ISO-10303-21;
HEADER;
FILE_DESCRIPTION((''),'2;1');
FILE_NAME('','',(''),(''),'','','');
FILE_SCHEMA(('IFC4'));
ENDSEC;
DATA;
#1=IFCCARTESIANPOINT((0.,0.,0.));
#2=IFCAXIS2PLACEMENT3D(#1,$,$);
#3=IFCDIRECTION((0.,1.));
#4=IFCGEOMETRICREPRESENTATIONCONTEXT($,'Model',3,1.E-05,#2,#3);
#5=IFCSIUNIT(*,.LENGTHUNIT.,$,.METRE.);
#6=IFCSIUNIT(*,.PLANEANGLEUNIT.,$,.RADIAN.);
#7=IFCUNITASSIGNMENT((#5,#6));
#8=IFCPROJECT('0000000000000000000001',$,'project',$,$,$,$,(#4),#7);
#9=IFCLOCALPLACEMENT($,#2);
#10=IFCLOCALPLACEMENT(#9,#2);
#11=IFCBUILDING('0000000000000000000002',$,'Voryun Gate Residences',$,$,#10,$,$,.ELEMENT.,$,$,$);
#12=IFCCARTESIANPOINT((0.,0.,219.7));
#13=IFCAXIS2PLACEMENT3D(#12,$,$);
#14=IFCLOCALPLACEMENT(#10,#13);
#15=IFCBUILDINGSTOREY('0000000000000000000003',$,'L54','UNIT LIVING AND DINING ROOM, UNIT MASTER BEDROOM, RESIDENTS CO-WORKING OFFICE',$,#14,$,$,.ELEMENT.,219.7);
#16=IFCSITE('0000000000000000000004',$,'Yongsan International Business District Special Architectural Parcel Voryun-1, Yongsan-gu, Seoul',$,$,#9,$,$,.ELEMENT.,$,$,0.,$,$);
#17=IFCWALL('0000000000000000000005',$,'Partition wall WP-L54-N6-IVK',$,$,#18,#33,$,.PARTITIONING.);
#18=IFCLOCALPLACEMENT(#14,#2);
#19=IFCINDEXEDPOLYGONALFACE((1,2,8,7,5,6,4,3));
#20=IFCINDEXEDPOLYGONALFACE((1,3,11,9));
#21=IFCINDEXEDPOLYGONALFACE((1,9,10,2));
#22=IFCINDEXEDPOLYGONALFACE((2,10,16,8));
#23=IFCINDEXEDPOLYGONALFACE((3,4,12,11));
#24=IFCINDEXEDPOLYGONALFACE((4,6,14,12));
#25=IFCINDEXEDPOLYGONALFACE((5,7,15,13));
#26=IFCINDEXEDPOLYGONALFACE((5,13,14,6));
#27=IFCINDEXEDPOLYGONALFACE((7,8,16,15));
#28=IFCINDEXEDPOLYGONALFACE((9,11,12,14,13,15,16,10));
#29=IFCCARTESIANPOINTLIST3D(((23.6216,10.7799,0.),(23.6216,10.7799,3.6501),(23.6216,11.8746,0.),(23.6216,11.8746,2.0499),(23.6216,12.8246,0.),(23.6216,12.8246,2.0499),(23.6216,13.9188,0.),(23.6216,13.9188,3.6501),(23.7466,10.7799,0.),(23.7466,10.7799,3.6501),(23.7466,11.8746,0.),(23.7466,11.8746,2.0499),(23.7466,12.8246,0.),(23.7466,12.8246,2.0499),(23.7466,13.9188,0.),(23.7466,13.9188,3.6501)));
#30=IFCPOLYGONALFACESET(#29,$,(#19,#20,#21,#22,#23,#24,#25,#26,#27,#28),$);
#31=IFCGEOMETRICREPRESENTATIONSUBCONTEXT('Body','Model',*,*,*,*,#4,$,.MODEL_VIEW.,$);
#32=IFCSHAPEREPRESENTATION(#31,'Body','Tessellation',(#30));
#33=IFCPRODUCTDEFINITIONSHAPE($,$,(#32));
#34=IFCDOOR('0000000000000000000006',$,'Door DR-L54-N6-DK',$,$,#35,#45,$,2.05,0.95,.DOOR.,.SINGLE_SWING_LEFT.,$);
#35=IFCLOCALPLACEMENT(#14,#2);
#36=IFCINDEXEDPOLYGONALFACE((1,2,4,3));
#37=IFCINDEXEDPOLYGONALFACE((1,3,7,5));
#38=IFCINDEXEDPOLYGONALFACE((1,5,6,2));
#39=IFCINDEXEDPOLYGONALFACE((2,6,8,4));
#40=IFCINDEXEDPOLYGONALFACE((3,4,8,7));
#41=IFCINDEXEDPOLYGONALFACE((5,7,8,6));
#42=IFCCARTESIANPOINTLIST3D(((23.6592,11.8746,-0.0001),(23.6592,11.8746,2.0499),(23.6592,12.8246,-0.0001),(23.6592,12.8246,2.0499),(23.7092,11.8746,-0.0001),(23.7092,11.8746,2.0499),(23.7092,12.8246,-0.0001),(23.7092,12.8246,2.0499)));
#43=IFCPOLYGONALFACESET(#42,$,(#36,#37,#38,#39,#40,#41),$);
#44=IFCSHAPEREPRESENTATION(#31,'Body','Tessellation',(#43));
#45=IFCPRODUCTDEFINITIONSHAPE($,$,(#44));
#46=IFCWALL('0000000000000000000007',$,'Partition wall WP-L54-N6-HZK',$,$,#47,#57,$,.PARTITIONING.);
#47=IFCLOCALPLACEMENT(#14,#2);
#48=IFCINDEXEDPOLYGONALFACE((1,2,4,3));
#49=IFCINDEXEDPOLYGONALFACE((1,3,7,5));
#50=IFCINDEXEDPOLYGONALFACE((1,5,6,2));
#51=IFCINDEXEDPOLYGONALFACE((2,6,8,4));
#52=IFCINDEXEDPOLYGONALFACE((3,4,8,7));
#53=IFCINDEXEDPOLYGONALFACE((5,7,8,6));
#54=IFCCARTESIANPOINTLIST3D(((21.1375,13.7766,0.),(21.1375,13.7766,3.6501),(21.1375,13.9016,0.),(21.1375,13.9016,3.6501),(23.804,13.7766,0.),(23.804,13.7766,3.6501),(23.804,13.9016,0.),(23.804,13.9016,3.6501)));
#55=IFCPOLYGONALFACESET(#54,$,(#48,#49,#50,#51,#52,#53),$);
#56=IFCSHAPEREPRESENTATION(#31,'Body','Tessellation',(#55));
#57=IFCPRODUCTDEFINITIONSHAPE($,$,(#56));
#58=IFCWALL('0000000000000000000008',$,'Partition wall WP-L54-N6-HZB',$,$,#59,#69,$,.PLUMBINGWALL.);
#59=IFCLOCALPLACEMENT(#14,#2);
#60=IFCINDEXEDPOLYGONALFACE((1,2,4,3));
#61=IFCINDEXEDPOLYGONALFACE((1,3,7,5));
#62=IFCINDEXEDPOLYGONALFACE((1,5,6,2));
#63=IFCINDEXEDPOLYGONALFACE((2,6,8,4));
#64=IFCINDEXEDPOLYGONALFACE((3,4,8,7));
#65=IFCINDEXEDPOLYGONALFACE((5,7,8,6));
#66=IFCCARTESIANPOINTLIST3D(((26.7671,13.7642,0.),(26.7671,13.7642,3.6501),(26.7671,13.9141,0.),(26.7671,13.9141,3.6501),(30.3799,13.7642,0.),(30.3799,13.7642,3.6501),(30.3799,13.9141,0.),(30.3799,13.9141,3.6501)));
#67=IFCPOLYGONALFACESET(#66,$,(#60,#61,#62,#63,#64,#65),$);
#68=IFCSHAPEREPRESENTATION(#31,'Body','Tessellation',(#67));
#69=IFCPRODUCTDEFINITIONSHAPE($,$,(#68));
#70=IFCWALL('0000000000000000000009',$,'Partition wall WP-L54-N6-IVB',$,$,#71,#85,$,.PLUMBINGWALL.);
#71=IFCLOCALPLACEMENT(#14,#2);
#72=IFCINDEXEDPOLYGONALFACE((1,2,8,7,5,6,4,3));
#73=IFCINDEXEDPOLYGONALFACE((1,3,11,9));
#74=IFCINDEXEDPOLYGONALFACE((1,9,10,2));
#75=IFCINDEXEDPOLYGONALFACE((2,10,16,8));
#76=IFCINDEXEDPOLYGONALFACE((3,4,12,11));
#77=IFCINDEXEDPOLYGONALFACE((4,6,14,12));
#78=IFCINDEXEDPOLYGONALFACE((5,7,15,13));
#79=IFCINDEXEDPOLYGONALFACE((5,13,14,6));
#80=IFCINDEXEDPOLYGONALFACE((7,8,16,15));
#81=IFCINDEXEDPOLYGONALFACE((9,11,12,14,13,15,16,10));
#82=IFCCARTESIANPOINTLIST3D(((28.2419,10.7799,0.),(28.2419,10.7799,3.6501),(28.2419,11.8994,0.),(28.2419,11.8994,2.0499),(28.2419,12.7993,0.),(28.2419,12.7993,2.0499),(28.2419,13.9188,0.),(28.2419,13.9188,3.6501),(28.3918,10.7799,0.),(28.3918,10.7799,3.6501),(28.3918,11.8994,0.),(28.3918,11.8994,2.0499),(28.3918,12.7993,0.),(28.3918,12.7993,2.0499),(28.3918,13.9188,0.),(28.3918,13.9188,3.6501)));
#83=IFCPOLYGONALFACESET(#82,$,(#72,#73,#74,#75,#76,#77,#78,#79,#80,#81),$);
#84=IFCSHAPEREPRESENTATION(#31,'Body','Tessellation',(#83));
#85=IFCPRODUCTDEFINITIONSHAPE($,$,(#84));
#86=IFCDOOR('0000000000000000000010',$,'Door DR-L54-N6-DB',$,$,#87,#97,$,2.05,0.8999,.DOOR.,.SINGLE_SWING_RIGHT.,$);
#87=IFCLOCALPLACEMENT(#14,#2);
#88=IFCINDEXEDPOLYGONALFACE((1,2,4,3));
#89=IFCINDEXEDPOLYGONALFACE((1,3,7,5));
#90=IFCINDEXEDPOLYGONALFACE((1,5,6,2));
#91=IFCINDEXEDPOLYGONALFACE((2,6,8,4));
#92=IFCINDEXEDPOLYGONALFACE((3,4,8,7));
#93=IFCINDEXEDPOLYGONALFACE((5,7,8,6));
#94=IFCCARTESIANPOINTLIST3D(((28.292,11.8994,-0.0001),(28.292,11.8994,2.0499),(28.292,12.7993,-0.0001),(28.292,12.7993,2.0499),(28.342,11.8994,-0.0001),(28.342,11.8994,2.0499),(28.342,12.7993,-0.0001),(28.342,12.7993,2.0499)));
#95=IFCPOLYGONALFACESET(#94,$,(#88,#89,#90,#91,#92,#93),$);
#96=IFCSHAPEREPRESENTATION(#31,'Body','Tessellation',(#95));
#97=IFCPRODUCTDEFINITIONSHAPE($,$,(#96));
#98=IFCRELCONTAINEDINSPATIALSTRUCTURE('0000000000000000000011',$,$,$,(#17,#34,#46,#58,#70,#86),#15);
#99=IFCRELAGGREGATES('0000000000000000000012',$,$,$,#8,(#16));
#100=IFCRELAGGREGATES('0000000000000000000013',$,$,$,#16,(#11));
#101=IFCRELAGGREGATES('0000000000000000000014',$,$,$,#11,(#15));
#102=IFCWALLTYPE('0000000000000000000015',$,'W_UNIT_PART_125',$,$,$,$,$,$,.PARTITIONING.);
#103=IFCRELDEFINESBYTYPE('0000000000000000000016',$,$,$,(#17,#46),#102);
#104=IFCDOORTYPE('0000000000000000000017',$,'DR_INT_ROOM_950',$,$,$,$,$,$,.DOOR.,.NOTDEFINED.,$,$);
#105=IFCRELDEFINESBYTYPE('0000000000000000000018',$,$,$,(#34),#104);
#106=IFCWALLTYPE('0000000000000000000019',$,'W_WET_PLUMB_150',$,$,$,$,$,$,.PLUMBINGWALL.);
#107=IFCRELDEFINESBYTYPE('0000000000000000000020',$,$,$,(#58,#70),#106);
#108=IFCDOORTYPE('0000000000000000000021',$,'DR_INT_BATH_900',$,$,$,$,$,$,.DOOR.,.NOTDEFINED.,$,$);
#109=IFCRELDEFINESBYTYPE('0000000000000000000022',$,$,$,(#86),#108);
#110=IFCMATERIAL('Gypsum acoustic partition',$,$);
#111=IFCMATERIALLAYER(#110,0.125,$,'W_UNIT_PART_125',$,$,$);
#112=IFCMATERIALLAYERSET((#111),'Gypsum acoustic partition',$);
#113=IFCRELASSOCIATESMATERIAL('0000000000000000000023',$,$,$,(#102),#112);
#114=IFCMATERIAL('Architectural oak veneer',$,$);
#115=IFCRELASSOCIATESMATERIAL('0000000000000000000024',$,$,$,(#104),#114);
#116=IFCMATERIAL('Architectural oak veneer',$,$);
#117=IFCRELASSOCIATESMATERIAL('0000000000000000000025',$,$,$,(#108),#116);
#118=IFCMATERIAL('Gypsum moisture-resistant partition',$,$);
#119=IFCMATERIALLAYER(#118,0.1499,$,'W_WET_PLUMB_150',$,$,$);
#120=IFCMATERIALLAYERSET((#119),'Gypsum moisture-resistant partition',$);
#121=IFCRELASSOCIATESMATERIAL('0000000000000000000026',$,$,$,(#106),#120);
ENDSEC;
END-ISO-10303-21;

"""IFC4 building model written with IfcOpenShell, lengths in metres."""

from ifc_helpers import new_model, si_unit, direction, frame, frame_2d, origin, place, context, subcontext, project, spatial, rectangle, extrude, material, layer, layer_set, type_object, element, fill, save


model = new_model("IFC4")

# Units and contexts
model_context = context("Model", 3, precision=1e-05, world=origin(), true_north=direction((0.0, 1.0)))
body_context = subcontext(model_context, "Body", "Model", "MODEL_VIEW")
ifc_project = project(units=[si_unit("LENGTHUNIT", "METRE"), si_unit("PLANEANGLEUNIT", "RADIAN")], contexts=[model_context])

# Site, building, storey
site_placement = place(None, origin())
site = spatial("IfcSite", under=ifc_project, at=site_placement, Name="Yongsan International Business District Special Architectural Parcel Voryun-1, Yongsan-gu, Seoul", CompositionType="ELEMENT", RefElevation=0.0)
building_placement = place(site_placement, origin())
building = spatial("IfcBuilding", under=site, at=building_placement, Name="Voryun Gate Residences", CompositionType="ELEMENT")
storey_placement = place(building_placement, frame((0.0, 0.0, 219.7)))
storey = spatial("IfcBuildingStorey", under=building, at=storey_placement, Name="L54", Description="UNIT LIVING AND DINING ROOM, UNIT MASTER BEDROOM, RESIDENTS CO-WORKING OFFICE", CompositionType="ELEMENT", Elevation=219.7)

# Shared definitions
ifc_material_1 = material(Name="Gypsum acoustic partition")
ifc_layer_1 = layer(ifc_material_1, 0.125, Name="W_UNIT_PART_125")
ifc_layer_set_1 = layer_set([ifc_layer_1], Name="Gypsum acoustic partition")
wall_type_1 = type_object("IfcWallType", Name="W_UNIT_PART_125", PredefinedType="PARTITIONING", material=ifc_layer_set_1)
ifc_material_2 = material(Name="Architectural oak veneer")
door_type_1 = type_object("IfcDoorType", Name="DR_INT_ROOM_950", OperationType="NOTDEFINED", PredefinedType="DOOR", material=ifc_material_2)

# Wall, opening, door
ifc_material_3 = material(Name="Architectural oak veneer")
door_type_2 = type_object("IfcDoorType", Name="DR_INT_BATH_900", OperationType="NOTDEFINED", PredefinedType="DOOR", material=ifc_material_3)
wall_1_placement = place(storey_placement, frame((23.6841, 10.78, 0.0), z_axis=(0.0, 0.0, 1.0), x_axis=(0.0, 1.0, 0.0)))
wall_1 = element("IfcWall", 1, at=wall_1_placement, inside=storey, type_object=wall_type_1, Name="Partition wall WP-L54-N6-IVK", PredefinedType="PARTITIONING", context=body_context, shape_type="SweptSolid", body=[
    extrude(rectangle(XDim=3.1389, YDim=0.125, at=frame_2d((1.5693, 0.0))), origin(), (0.0, 0.0, 1.0), 3.6501),
])
opening_1_placement = place(wall_1_placement, frame((1.0945, 0.0, 0.0)))
opening_1 = element("IfcOpeningElement", 2, at=opening_1_placement, cuts=wall_1, PredefinedType="OPENING", context=body_context, shape_type="SweptSolid", body=[
    extrude(rectangle(XDim=0.95, YDim=2.05, at=frame_2d((0.4751, 1.0249))), frame((0.0, 0.0725, 0.0), z_axis=(0.0, -1.0, 0.0), x_axis=(1.0, 0.0, 0.0)), (0.0, 0.0, 1.0), 0.145),
])
door_1_placement = place(opening_1_placement, origin())
door_1 = element("IfcDoor", 3, at=door_1_placement, inside=storey, type_object=door_type_1, Name="Door DR-L54-N6-DK", OperationType="SINGLE_SWING_LEFT", OverallHeight=2.05, OverallWidth=0.95, PredefinedType="DOOR", context=body_context, shape_type="SweptSolid", body=[
    extrude(rectangle(XDim=0.95, YDim=2.05, at=frame_2d((0.4751, 1.0249))), frame((0.0, 0.0249, 0.0), z_axis=(0.0, -1.0, 0.0), x_axis=(1.0, 0.0, 0.0)), (0.0, 0.0, 1.0), 0.05),
])
fill(opening_1, door_1)

# Walls
wall_2_placement = place(storey_placement, frame((21.1375, 13.8391, 0.0), z_axis=(0.0, 0.0, 1.0), x_axis=(1.0, 0.0, 0.0)))
element("IfcWall", 4, at=wall_2_placement, inside=storey, type_object=wall_type_1, Name="Partition wall WP-L54-N6-HZK", PredefinedType="PARTITIONING", context=body_context, shape_type="SweptSolid", body=[
    extrude(rectangle(XDim=2.6665, YDim=0.125, at=frame_2d((1.3333, 0.0))), origin(), (0.0, 0.0, 1.0), 3.6501),
])
ifc_material_4 = material(Name="Gypsum moisture-resistant partition")
ifc_layer_2 = layer(ifc_material_4, 0.1499, Name="W_WET_PLUMB_150")
ifc_layer_set_2 = layer_set([ifc_layer_2], Name="Gypsum moisture-resistant partition")
wall_type_2 = type_object("IfcWallType", Name="W_WET_PLUMB_150", PredefinedType="PLUMBINGWALL", material=ifc_layer_set_2)
wall_3_placement = place(storey_placement, frame((26.7671, 13.8391, 0.0), z_axis=(0.0, 0.0, 1.0), x_axis=(1.0, 0.0, 0.0)))
element("IfcWall", 5, at=wall_3_placement, inside=storey, type_object=wall_type_2, Name="Partition wall WP-L54-N6-HZB", PredefinedType="PLUMBINGWALL", context=body_context, shape_type="SweptSolid", body=[
    extrude(rectangle(XDim=3.6128, YDim=0.1499, at=frame_2d((1.8064, 0.0))), origin(), (0.0, 0.0, 1.0), 3.6501),
])

# Wall, opening, door
wall_4_placement = place(storey_placement, frame((28.3169, 10.78, 0.0), z_axis=(0.0, 0.0, 1.0), x_axis=(0.0, 1.0, 0.0)))
wall_4 = element("IfcWall", 6, at=wall_4_placement, inside=storey, type_object=wall_type_2, Name="Partition wall WP-L54-N6-IVB", PredefinedType="PLUMBINGWALL", context=body_context, shape_type="SweptSolid", body=[
    extrude(rectangle(XDim=3.1389, YDim=0.1499, at=frame_2d((1.5693, 0.0))), origin(), (0.0, 0.0, 1.0), 3.6501),
])
opening_2_placement = place(wall_4_placement, frame((1.1194, 0.0, 0.0)))
opening_2 = element("IfcOpeningElement", 7, at=opening_2_placement, cuts=wall_4, PredefinedType="OPENING", context=body_context, shape_type="SweptSolid", body=[
    extrude(rectangle(XDim=0.8999, YDim=2.05, at=frame_2d((0.45, 1.0249))), frame((0.0, 0.085, 0.0), z_axis=(0.0, -1.0, 0.0), x_axis=(1.0, 0.0, 0.0)), (0.0, 0.0, 1.0), 0.1699),
])
door_2_placement = place(opening_2_placement, origin())
door_2 = element("IfcDoor", 8, at=door_2_placement, inside=storey, type_object=door_type_2, Name="Door DR-L54-N6-DB", OperationType="SINGLE_SWING_RIGHT", OverallHeight=2.05, OverallWidth=0.8999, PredefinedType="DOOR", context=body_context, shape_type="SweptSolid", body=[
    extrude(rectangle(XDim=0.8999, YDim=2.05, at=frame_2d((0.45, 1.0249))), frame((0.0, 0.0249, 0.0), z_axis=(0.0, -1.0, 0.0), x_axis=(1.0, 0.0, 0.0)), (0.0, 0.0, 1.0), 0.05),
])
fill(opening_2, door_2)

save(model, "model.ifc")
